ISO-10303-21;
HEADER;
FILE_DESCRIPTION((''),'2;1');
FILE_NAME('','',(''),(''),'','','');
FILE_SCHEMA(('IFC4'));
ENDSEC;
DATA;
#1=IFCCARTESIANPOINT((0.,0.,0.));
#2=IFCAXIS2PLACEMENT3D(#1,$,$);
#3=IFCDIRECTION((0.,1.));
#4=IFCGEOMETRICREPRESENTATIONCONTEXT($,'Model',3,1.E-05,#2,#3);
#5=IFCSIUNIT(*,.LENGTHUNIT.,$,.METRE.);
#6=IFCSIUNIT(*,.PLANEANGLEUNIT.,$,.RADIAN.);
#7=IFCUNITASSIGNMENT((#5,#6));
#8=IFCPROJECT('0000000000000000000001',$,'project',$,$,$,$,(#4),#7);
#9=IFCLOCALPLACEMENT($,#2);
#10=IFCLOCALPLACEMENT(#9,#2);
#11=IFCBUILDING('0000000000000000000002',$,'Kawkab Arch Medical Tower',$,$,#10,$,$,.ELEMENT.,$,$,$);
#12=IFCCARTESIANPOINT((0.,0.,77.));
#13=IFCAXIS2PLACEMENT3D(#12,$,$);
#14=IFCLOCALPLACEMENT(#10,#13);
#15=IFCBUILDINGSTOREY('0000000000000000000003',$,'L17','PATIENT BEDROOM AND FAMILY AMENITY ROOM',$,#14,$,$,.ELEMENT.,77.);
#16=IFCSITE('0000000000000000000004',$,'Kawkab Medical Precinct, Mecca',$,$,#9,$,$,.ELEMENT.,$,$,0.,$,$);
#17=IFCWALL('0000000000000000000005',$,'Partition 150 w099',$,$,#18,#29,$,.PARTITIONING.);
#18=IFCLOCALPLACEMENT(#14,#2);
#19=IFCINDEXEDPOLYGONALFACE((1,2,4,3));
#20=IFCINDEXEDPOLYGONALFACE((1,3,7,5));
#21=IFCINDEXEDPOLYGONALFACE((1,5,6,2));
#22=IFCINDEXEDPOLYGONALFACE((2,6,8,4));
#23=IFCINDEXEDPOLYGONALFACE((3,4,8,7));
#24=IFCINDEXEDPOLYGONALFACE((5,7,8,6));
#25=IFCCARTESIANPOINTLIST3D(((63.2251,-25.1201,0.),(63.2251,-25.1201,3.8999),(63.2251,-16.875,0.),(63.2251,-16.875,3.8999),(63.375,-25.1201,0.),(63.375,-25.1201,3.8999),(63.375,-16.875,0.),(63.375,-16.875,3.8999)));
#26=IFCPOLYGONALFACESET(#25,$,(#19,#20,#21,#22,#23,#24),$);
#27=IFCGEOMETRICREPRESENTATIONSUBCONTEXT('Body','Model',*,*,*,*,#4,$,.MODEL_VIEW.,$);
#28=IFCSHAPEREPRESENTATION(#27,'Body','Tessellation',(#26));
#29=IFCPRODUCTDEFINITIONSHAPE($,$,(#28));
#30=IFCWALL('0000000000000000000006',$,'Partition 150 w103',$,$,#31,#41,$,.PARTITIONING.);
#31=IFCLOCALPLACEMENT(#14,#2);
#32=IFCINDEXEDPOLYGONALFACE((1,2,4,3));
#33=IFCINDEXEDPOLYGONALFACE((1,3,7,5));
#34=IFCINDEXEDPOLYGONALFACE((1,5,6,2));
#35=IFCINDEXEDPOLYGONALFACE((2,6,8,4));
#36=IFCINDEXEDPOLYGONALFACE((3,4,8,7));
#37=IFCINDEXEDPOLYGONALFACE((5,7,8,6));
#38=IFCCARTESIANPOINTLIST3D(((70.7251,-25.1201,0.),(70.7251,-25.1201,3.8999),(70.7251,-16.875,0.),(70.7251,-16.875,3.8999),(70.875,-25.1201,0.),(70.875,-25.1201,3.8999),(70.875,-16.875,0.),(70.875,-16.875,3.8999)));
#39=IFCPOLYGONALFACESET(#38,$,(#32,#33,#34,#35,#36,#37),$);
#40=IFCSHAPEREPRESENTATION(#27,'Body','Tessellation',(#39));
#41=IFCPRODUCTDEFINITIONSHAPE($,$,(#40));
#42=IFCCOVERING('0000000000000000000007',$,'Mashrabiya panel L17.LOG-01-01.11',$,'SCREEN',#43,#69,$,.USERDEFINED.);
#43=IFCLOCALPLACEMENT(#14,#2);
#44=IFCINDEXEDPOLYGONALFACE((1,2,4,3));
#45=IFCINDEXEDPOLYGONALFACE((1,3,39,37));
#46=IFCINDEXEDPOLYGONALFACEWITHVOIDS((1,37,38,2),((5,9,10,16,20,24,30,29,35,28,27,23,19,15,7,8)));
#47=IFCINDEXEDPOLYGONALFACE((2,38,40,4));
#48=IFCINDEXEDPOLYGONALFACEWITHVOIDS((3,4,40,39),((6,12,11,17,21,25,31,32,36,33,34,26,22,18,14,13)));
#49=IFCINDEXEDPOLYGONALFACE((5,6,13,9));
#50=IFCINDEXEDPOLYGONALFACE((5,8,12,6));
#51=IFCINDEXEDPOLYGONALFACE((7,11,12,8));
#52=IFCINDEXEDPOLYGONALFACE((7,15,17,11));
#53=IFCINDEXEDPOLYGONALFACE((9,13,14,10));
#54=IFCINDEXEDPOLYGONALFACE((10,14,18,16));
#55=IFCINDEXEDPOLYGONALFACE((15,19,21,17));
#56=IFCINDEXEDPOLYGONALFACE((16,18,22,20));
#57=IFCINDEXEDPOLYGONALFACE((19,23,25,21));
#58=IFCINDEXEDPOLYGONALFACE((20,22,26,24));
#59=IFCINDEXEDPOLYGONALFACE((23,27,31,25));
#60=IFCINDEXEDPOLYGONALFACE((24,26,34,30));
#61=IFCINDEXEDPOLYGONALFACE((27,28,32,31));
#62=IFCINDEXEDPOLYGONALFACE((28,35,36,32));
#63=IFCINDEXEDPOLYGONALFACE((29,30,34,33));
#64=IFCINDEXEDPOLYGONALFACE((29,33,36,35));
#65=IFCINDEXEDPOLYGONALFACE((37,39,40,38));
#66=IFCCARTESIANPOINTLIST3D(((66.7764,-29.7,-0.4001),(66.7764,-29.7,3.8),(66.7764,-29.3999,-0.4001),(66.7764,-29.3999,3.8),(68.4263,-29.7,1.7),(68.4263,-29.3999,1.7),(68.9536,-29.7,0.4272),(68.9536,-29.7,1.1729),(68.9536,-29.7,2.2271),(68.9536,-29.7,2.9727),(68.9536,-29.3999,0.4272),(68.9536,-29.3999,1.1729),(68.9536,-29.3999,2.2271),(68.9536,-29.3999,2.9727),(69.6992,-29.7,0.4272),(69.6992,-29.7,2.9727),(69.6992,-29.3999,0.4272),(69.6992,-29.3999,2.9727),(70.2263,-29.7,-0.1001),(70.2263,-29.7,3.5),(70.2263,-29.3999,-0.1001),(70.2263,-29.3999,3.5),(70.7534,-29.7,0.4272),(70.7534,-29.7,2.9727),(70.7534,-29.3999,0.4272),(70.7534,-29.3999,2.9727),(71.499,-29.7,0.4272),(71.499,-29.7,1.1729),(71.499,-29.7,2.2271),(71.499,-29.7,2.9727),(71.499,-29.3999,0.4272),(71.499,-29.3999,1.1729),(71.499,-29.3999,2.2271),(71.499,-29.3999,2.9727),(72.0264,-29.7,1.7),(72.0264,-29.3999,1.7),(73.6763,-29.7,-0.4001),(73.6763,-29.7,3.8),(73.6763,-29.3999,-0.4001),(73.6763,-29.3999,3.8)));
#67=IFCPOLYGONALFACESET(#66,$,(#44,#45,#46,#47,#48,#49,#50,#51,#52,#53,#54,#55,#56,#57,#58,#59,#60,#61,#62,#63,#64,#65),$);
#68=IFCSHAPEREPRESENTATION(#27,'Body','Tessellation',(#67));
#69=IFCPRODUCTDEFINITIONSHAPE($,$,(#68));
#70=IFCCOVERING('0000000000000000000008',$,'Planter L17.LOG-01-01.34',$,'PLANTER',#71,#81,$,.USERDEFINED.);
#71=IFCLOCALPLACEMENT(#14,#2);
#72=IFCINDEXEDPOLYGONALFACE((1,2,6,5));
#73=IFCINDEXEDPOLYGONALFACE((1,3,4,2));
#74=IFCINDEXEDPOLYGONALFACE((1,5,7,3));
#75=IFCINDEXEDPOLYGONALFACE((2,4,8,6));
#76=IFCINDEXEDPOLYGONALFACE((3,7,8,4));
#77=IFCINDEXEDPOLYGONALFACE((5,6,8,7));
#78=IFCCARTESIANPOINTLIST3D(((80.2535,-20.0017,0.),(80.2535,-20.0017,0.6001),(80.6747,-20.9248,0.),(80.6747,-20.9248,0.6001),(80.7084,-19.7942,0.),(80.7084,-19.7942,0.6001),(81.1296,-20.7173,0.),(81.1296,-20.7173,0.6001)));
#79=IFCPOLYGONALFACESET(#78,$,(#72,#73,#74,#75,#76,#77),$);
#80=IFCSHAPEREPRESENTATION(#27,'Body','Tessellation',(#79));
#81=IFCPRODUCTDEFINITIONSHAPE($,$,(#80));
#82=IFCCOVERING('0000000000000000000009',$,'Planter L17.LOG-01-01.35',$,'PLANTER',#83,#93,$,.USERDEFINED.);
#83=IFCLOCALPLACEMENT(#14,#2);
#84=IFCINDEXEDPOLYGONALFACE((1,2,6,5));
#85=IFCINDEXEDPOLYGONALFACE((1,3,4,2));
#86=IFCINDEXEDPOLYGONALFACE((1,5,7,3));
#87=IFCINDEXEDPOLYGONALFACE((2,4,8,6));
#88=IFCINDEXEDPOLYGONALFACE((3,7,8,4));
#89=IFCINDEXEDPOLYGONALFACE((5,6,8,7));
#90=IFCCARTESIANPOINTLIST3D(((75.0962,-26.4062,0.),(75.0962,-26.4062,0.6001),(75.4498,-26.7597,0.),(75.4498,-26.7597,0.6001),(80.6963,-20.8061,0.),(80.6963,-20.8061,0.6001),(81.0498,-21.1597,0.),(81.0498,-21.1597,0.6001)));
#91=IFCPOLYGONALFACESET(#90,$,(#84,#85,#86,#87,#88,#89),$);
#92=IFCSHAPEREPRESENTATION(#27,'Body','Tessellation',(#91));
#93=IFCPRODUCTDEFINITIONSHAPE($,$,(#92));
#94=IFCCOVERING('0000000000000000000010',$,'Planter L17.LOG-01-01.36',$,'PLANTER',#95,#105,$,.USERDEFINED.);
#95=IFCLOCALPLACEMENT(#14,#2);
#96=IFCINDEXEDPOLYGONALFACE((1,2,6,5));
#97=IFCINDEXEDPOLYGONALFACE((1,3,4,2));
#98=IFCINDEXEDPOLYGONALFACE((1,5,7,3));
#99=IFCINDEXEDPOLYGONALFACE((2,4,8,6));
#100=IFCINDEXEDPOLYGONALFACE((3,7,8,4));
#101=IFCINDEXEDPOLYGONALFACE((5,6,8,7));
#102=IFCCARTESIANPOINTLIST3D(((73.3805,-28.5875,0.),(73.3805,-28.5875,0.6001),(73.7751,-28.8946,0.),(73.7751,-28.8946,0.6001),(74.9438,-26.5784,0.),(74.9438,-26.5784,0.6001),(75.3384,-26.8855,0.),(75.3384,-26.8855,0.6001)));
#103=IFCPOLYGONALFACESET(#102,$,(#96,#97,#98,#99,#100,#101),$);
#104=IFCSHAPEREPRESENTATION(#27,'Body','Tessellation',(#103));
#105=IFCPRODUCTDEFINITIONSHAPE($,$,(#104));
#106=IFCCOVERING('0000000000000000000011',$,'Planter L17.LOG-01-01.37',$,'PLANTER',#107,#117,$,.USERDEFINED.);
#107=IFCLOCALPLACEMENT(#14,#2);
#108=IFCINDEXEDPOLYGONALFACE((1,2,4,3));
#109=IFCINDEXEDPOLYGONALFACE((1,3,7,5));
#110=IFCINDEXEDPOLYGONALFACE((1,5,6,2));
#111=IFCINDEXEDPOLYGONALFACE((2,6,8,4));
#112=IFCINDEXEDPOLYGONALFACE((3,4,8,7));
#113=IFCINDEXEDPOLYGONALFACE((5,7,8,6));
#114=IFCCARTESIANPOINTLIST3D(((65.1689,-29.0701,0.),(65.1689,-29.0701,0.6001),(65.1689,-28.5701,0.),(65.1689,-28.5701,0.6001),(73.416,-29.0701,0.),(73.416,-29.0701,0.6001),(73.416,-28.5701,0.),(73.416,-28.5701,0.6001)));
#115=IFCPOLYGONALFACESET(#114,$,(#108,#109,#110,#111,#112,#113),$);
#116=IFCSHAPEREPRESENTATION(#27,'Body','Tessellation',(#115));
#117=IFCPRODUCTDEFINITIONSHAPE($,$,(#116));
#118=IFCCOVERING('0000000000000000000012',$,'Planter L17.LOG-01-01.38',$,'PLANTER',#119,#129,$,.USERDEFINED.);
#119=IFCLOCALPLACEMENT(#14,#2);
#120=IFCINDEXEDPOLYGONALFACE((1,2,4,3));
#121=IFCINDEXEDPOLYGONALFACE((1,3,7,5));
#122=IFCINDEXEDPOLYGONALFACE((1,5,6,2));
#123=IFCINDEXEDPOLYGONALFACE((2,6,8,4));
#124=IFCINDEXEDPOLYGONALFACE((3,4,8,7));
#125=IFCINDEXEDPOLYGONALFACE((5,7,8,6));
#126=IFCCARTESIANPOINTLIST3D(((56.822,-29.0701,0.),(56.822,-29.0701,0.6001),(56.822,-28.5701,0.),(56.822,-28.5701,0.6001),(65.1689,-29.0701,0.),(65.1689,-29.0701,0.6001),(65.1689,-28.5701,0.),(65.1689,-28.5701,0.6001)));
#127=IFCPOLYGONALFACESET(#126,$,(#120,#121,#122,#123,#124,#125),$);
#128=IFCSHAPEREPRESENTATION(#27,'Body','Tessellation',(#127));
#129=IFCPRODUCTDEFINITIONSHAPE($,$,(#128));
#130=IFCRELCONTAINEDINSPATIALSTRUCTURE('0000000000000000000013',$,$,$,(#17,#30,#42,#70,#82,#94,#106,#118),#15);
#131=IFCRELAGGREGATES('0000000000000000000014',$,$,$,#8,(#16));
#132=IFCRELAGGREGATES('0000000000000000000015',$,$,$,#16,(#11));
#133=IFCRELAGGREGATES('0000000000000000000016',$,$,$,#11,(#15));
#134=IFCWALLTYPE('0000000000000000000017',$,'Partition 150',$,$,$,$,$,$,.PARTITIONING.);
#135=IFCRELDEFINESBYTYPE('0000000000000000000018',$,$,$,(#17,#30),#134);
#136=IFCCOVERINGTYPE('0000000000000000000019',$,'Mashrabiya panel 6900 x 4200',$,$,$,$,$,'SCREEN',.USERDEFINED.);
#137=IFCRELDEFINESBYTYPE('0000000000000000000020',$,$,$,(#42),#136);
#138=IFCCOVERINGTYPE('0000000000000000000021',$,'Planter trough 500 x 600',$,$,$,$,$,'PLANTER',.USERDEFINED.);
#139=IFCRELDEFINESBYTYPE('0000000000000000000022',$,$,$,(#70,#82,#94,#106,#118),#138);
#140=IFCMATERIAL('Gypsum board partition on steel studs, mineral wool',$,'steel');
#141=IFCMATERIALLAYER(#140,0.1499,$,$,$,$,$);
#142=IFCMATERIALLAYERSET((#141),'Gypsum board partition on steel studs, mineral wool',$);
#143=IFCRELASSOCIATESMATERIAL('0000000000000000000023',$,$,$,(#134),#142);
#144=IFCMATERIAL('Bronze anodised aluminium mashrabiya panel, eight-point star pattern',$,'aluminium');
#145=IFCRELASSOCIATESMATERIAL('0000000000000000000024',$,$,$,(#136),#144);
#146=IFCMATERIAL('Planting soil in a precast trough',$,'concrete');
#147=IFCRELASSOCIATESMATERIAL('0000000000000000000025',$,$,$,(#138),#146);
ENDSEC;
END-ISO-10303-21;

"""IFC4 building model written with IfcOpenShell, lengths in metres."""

from ifc_helpers import new_model, si_unit, direction, frame, frame_2d, origin, origin_2d, place, context, subcontext, project, spatial, polyline, rectangle, outline, extrude, material, layer, layer_set, material_profile, profile_set, type_object, element, save


model = new_model("IFC4")

# Units and contexts
model_context = context("Model", 3, precision=1e-05, world=origin(), true_north=direction((0.0, 1.0)))
body_context = subcontext(model_context, "Body", "Model", "MODEL_VIEW")
ifc_project = project(units=[si_unit("LENGTHUNIT", "METRE"), si_unit("PLANEANGLEUNIT", "RADIAN")], contexts=[model_context])

# Site, building, storey
site_placement = place(None, origin())
site = spatial("IfcSite", under=ifc_project, at=site_placement, Name="Kawkab Medical Precinct, Mecca", CompositionType="ELEMENT", RefElevation=0.0)
building_placement = place(site_placement, origin())
building = spatial("IfcBuilding", under=site, at=building_placement, Name="Kawkab Arch Medical Tower", CompositionType="ELEMENT")
storey_placement = place(building_placement, frame((0.0, 0.0, 77.0)))
storey = spatial("IfcBuildingStorey", under=building, at=storey_placement, Name="L17", Description="PATIENT BEDROOM AND FAMILY AMENITY ROOM", CompositionType="ELEMENT", Elevation=77.0)

# Walls
ifc_material_1 = material(Name="Gypsum board partition on steel studs, mineral wool", Category="steel")
ifc_layer_1 = layer(ifc_material_1, 0.1499)
ifc_layer_set_1 = layer_set([ifc_layer_1], Name="Gypsum board partition on steel studs, mineral wool")
wall_type_1 = type_object("IfcWallType", Name="Partition 150", PredefinedType="PARTITIONING", material=ifc_layer_set_1)
for number, where, z_axis, x_axis, name in (
    (1, (63.3, -25.1201, 0.0), (0.0, 0.0, 1.0), (0.0, 1.0, 0.0), "Partition 150 w099"),
    (2, (70.8, -25.1201, 0.0), (0.0, 0.0, 1.0), (0.0, 1.0, 0.0), "Partition 150 w103"),
):
    element("IfcWall", number, at=place(storey_placement, frame(where, z_axis=z_axis, x_axis=x_axis)), inside=storey, type_object=wall_type_1, Name=name, PredefinedType="PARTITIONING", context=body_context, shape_type="SweptSolid", body=[
        extrude(rectangle(XDim=8.2451, YDim=0.1499, at=frame_2d((4.1226, 0.0))), origin(), (0.0, 0.0, 1.0), 3.8999),
    ])

# Coverings
ifc_material_2 = material(Name="Bronze anodised aluminium mashrabiya panel, eight-point star pattern", Category="aluminium")
ifc_material_profile_1 = material_profile(ifc_material_2, outline(polyline([(-3.45, -2.1001), (3.45, -2.1001), (3.45, 2.1001), (-3.45, 2.1001), (-3.45, -2.1001)]), holes=[polyline([(1.8, 0.0), (1.2727, 0.5271), (1.2727, 1.2727), (0.5271, 1.2727), (0.0, 1.8), (-0.5271, 1.2727), (-1.2727, 1.2727), (-1.2727, 0.5271), (-1.8, 0.0), (-1.2727, -0.5271), (-1.2727, -1.2727), (-0.5271, -1.2727), (0.0, -1.8), (0.5271, -1.2727), (1.2727, -1.2727), (1.2727, -0.5271), (1.8, 0.0)])]), Name="Mashrabiya panel 6900x4200")
ifc_profile_set_1 = profile_set([ifc_material_profile_1], Name="Bronze anodised aluminium mashrabiya panel, eight-point star pattern")
covering_type_1 = type_object("IfcCoveringType", Name="Mashrabiya panel 6900 x 4200", ElementType="SCREEN", PredefinedType="USERDEFINED", material=ifc_profile_set_1)
covering_1_placement = place(storey_placement, frame((70.2263, -29.3999, 1.7), z_axis=(0.0, -1.0, 0.0), x_axis=(1.0, 0.0, 0.0)))
element("IfcCovering", 3, at=covering_1_placement, inside=storey, type_object=covering_type_1, Name="Mashrabiya panel L17.LOG-01-01.11", ObjectType="SCREEN", PredefinedType="USERDEFINED", context=body_context, shape_type="SweptSolid", body=[
    extrude(outline(polyline([(-3.45, -2.1001), (3.45, -2.1001), (3.45, 2.1001), (-3.45, 2.1001), (-3.45, -2.1001)]), holes=[polyline([(1.8, 0.0), (1.2727, 0.5271), (1.2727, 1.2727), (0.5271, 1.2727), (0.0, 1.8), (-0.5271, 1.2727), (-1.2727, 1.2727), (-1.2727, 0.5271), (-1.8, 0.0), (-1.2727, -0.5271), (-1.2727, -1.2727), (-0.5271, -1.2727), (0.0, -1.8), (0.5271, -1.2727), (1.2727, -1.2727), (1.2727, -0.5271), (1.8, 0.0)])]), origin(), (0.0, 0.0, 1.0), 0.3),
])
ifc_material_3 = material(Name="Planting soil in a precast trough", Category="concrete")
ifc_material_profile_2 = material_profile(ifc_material_3, rectangle(XDim=0.5, YDim=0.6001, at=origin_2d()), Name="Trough 500x600")
ifc_profile_set_2 = profile_set([ifc_material_profile_2], Name="Planting soil in a precast trough")
covering_type_2 = type_object("IfcCoveringType", Name="Planter trough 500 x 600", ElementType="PLANTER", PredefinedType="USERDEFINED", material=ifc_profile_set_2)
covering_2_placement = place(storey_placement, frame((80.481, -19.8979, 0.3), z_axis=(0.415072, -0.909789, 0.0), x_axis=(0.909789, 0.415072, 0.0)))
element("IfcCovering", 4, at=covering_2_placement, inside=storey, type_object=covering_type_2, Name="Planter L17.LOG-01-01.34", ObjectType="PLANTER", PredefinedType="USERDEFINED", context=body_context, shape_type="SweptSolid", body=[
    extrude(rectangle(XDim=0.5, YDim=0.6001, at=origin_2d()), origin(), (0.0, 0.0, 1.0), 1.0146),
])
covering_3_placement = place(storey_placement, frame((80.873, -20.9829, 0.3), z_axis=(-0.707107, -0.707107, 0.0), x_axis=(0.707107, -0.707107, 0.0)))
element("IfcCovering", 5, at=covering_3_placement, inside=storey, type_object=covering_type_2, Name="Planter L17.LOG-01-01.35", ObjectType="PLANTER", PredefinedType="USERDEFINED", context=body_context, shape_type="SweptSolid", body=[
    extrude(rectangle(XDim=0.5, YDim=0.6001, at=origin_2d()), origin(), (0.0, 0.0, 1.0), 7.9197),
])
covering_4_placement = place(storey_placement, frame((75.1411, -26.7319, 0.3), z_axis=(-0.6141, -0.789228, 0.0), x_axis=(0.789228, -0.6141, 0.0)))
element("IfcCovering", 6, at=covering_4_placement, inside=storey, type_object=covering_type_2, Name="Planter L17.LOG-01-01.36", ObjectType="PLANTER", PredefinedType="USERDEFINED", context=body_context, shape_type="SweptSolid", body=[
    extrude(rectangle(XDim=0.5, YDim=0.6001, at=origin_2d()), origin(), (0.0, 0.0, 1.0), 2.5457),
])
covering_5_placement = place(storey_placement, frame((73.416, -28.8201, 0.3), z_axis=(-1.0, 0.0, 0.0), x_axis=(0.0, -1.0, 0.0)))
element("IfcCovering", 7, at=covering_5_placement, inside=storey, type_object=covering_type_2, Name="Planter L17.LOG-01-01.37", ObjectType="PLANTER", PredefinedType="USERDEFINED", context=body_context, shape_type="SweptSolid", body=[
    extrude(rectangle(XDim=0.5, YDim=0.6001, at=origin_2d()), origin(), (0.0, 0.0, 1.0), 8.2471),
])
covering_6_placement = place(storey_placement, frame((65.1689, -28.8201, 0.3), z_axis=(-1.0, 0.0, 0.0), x_axis=(0.0, -1.0, 0.0)))
element("IfcCovering", 8, at=covering_6_placement, inside=storey, type_object=covering_type_2, Name="Planter L17.LOG-01-01.38", ObjectType="PLANTER", PredefinedType="USERDEFINED", context=body_context, shape_type="SweptSolid", body=[
    extrude(rectangle(XDim=0.5, YDim=0.6001, at=origin_2d()), origin(), (0.0, 0.0, 1.0), 8.3469),
])

save(model, "model.ifc")
